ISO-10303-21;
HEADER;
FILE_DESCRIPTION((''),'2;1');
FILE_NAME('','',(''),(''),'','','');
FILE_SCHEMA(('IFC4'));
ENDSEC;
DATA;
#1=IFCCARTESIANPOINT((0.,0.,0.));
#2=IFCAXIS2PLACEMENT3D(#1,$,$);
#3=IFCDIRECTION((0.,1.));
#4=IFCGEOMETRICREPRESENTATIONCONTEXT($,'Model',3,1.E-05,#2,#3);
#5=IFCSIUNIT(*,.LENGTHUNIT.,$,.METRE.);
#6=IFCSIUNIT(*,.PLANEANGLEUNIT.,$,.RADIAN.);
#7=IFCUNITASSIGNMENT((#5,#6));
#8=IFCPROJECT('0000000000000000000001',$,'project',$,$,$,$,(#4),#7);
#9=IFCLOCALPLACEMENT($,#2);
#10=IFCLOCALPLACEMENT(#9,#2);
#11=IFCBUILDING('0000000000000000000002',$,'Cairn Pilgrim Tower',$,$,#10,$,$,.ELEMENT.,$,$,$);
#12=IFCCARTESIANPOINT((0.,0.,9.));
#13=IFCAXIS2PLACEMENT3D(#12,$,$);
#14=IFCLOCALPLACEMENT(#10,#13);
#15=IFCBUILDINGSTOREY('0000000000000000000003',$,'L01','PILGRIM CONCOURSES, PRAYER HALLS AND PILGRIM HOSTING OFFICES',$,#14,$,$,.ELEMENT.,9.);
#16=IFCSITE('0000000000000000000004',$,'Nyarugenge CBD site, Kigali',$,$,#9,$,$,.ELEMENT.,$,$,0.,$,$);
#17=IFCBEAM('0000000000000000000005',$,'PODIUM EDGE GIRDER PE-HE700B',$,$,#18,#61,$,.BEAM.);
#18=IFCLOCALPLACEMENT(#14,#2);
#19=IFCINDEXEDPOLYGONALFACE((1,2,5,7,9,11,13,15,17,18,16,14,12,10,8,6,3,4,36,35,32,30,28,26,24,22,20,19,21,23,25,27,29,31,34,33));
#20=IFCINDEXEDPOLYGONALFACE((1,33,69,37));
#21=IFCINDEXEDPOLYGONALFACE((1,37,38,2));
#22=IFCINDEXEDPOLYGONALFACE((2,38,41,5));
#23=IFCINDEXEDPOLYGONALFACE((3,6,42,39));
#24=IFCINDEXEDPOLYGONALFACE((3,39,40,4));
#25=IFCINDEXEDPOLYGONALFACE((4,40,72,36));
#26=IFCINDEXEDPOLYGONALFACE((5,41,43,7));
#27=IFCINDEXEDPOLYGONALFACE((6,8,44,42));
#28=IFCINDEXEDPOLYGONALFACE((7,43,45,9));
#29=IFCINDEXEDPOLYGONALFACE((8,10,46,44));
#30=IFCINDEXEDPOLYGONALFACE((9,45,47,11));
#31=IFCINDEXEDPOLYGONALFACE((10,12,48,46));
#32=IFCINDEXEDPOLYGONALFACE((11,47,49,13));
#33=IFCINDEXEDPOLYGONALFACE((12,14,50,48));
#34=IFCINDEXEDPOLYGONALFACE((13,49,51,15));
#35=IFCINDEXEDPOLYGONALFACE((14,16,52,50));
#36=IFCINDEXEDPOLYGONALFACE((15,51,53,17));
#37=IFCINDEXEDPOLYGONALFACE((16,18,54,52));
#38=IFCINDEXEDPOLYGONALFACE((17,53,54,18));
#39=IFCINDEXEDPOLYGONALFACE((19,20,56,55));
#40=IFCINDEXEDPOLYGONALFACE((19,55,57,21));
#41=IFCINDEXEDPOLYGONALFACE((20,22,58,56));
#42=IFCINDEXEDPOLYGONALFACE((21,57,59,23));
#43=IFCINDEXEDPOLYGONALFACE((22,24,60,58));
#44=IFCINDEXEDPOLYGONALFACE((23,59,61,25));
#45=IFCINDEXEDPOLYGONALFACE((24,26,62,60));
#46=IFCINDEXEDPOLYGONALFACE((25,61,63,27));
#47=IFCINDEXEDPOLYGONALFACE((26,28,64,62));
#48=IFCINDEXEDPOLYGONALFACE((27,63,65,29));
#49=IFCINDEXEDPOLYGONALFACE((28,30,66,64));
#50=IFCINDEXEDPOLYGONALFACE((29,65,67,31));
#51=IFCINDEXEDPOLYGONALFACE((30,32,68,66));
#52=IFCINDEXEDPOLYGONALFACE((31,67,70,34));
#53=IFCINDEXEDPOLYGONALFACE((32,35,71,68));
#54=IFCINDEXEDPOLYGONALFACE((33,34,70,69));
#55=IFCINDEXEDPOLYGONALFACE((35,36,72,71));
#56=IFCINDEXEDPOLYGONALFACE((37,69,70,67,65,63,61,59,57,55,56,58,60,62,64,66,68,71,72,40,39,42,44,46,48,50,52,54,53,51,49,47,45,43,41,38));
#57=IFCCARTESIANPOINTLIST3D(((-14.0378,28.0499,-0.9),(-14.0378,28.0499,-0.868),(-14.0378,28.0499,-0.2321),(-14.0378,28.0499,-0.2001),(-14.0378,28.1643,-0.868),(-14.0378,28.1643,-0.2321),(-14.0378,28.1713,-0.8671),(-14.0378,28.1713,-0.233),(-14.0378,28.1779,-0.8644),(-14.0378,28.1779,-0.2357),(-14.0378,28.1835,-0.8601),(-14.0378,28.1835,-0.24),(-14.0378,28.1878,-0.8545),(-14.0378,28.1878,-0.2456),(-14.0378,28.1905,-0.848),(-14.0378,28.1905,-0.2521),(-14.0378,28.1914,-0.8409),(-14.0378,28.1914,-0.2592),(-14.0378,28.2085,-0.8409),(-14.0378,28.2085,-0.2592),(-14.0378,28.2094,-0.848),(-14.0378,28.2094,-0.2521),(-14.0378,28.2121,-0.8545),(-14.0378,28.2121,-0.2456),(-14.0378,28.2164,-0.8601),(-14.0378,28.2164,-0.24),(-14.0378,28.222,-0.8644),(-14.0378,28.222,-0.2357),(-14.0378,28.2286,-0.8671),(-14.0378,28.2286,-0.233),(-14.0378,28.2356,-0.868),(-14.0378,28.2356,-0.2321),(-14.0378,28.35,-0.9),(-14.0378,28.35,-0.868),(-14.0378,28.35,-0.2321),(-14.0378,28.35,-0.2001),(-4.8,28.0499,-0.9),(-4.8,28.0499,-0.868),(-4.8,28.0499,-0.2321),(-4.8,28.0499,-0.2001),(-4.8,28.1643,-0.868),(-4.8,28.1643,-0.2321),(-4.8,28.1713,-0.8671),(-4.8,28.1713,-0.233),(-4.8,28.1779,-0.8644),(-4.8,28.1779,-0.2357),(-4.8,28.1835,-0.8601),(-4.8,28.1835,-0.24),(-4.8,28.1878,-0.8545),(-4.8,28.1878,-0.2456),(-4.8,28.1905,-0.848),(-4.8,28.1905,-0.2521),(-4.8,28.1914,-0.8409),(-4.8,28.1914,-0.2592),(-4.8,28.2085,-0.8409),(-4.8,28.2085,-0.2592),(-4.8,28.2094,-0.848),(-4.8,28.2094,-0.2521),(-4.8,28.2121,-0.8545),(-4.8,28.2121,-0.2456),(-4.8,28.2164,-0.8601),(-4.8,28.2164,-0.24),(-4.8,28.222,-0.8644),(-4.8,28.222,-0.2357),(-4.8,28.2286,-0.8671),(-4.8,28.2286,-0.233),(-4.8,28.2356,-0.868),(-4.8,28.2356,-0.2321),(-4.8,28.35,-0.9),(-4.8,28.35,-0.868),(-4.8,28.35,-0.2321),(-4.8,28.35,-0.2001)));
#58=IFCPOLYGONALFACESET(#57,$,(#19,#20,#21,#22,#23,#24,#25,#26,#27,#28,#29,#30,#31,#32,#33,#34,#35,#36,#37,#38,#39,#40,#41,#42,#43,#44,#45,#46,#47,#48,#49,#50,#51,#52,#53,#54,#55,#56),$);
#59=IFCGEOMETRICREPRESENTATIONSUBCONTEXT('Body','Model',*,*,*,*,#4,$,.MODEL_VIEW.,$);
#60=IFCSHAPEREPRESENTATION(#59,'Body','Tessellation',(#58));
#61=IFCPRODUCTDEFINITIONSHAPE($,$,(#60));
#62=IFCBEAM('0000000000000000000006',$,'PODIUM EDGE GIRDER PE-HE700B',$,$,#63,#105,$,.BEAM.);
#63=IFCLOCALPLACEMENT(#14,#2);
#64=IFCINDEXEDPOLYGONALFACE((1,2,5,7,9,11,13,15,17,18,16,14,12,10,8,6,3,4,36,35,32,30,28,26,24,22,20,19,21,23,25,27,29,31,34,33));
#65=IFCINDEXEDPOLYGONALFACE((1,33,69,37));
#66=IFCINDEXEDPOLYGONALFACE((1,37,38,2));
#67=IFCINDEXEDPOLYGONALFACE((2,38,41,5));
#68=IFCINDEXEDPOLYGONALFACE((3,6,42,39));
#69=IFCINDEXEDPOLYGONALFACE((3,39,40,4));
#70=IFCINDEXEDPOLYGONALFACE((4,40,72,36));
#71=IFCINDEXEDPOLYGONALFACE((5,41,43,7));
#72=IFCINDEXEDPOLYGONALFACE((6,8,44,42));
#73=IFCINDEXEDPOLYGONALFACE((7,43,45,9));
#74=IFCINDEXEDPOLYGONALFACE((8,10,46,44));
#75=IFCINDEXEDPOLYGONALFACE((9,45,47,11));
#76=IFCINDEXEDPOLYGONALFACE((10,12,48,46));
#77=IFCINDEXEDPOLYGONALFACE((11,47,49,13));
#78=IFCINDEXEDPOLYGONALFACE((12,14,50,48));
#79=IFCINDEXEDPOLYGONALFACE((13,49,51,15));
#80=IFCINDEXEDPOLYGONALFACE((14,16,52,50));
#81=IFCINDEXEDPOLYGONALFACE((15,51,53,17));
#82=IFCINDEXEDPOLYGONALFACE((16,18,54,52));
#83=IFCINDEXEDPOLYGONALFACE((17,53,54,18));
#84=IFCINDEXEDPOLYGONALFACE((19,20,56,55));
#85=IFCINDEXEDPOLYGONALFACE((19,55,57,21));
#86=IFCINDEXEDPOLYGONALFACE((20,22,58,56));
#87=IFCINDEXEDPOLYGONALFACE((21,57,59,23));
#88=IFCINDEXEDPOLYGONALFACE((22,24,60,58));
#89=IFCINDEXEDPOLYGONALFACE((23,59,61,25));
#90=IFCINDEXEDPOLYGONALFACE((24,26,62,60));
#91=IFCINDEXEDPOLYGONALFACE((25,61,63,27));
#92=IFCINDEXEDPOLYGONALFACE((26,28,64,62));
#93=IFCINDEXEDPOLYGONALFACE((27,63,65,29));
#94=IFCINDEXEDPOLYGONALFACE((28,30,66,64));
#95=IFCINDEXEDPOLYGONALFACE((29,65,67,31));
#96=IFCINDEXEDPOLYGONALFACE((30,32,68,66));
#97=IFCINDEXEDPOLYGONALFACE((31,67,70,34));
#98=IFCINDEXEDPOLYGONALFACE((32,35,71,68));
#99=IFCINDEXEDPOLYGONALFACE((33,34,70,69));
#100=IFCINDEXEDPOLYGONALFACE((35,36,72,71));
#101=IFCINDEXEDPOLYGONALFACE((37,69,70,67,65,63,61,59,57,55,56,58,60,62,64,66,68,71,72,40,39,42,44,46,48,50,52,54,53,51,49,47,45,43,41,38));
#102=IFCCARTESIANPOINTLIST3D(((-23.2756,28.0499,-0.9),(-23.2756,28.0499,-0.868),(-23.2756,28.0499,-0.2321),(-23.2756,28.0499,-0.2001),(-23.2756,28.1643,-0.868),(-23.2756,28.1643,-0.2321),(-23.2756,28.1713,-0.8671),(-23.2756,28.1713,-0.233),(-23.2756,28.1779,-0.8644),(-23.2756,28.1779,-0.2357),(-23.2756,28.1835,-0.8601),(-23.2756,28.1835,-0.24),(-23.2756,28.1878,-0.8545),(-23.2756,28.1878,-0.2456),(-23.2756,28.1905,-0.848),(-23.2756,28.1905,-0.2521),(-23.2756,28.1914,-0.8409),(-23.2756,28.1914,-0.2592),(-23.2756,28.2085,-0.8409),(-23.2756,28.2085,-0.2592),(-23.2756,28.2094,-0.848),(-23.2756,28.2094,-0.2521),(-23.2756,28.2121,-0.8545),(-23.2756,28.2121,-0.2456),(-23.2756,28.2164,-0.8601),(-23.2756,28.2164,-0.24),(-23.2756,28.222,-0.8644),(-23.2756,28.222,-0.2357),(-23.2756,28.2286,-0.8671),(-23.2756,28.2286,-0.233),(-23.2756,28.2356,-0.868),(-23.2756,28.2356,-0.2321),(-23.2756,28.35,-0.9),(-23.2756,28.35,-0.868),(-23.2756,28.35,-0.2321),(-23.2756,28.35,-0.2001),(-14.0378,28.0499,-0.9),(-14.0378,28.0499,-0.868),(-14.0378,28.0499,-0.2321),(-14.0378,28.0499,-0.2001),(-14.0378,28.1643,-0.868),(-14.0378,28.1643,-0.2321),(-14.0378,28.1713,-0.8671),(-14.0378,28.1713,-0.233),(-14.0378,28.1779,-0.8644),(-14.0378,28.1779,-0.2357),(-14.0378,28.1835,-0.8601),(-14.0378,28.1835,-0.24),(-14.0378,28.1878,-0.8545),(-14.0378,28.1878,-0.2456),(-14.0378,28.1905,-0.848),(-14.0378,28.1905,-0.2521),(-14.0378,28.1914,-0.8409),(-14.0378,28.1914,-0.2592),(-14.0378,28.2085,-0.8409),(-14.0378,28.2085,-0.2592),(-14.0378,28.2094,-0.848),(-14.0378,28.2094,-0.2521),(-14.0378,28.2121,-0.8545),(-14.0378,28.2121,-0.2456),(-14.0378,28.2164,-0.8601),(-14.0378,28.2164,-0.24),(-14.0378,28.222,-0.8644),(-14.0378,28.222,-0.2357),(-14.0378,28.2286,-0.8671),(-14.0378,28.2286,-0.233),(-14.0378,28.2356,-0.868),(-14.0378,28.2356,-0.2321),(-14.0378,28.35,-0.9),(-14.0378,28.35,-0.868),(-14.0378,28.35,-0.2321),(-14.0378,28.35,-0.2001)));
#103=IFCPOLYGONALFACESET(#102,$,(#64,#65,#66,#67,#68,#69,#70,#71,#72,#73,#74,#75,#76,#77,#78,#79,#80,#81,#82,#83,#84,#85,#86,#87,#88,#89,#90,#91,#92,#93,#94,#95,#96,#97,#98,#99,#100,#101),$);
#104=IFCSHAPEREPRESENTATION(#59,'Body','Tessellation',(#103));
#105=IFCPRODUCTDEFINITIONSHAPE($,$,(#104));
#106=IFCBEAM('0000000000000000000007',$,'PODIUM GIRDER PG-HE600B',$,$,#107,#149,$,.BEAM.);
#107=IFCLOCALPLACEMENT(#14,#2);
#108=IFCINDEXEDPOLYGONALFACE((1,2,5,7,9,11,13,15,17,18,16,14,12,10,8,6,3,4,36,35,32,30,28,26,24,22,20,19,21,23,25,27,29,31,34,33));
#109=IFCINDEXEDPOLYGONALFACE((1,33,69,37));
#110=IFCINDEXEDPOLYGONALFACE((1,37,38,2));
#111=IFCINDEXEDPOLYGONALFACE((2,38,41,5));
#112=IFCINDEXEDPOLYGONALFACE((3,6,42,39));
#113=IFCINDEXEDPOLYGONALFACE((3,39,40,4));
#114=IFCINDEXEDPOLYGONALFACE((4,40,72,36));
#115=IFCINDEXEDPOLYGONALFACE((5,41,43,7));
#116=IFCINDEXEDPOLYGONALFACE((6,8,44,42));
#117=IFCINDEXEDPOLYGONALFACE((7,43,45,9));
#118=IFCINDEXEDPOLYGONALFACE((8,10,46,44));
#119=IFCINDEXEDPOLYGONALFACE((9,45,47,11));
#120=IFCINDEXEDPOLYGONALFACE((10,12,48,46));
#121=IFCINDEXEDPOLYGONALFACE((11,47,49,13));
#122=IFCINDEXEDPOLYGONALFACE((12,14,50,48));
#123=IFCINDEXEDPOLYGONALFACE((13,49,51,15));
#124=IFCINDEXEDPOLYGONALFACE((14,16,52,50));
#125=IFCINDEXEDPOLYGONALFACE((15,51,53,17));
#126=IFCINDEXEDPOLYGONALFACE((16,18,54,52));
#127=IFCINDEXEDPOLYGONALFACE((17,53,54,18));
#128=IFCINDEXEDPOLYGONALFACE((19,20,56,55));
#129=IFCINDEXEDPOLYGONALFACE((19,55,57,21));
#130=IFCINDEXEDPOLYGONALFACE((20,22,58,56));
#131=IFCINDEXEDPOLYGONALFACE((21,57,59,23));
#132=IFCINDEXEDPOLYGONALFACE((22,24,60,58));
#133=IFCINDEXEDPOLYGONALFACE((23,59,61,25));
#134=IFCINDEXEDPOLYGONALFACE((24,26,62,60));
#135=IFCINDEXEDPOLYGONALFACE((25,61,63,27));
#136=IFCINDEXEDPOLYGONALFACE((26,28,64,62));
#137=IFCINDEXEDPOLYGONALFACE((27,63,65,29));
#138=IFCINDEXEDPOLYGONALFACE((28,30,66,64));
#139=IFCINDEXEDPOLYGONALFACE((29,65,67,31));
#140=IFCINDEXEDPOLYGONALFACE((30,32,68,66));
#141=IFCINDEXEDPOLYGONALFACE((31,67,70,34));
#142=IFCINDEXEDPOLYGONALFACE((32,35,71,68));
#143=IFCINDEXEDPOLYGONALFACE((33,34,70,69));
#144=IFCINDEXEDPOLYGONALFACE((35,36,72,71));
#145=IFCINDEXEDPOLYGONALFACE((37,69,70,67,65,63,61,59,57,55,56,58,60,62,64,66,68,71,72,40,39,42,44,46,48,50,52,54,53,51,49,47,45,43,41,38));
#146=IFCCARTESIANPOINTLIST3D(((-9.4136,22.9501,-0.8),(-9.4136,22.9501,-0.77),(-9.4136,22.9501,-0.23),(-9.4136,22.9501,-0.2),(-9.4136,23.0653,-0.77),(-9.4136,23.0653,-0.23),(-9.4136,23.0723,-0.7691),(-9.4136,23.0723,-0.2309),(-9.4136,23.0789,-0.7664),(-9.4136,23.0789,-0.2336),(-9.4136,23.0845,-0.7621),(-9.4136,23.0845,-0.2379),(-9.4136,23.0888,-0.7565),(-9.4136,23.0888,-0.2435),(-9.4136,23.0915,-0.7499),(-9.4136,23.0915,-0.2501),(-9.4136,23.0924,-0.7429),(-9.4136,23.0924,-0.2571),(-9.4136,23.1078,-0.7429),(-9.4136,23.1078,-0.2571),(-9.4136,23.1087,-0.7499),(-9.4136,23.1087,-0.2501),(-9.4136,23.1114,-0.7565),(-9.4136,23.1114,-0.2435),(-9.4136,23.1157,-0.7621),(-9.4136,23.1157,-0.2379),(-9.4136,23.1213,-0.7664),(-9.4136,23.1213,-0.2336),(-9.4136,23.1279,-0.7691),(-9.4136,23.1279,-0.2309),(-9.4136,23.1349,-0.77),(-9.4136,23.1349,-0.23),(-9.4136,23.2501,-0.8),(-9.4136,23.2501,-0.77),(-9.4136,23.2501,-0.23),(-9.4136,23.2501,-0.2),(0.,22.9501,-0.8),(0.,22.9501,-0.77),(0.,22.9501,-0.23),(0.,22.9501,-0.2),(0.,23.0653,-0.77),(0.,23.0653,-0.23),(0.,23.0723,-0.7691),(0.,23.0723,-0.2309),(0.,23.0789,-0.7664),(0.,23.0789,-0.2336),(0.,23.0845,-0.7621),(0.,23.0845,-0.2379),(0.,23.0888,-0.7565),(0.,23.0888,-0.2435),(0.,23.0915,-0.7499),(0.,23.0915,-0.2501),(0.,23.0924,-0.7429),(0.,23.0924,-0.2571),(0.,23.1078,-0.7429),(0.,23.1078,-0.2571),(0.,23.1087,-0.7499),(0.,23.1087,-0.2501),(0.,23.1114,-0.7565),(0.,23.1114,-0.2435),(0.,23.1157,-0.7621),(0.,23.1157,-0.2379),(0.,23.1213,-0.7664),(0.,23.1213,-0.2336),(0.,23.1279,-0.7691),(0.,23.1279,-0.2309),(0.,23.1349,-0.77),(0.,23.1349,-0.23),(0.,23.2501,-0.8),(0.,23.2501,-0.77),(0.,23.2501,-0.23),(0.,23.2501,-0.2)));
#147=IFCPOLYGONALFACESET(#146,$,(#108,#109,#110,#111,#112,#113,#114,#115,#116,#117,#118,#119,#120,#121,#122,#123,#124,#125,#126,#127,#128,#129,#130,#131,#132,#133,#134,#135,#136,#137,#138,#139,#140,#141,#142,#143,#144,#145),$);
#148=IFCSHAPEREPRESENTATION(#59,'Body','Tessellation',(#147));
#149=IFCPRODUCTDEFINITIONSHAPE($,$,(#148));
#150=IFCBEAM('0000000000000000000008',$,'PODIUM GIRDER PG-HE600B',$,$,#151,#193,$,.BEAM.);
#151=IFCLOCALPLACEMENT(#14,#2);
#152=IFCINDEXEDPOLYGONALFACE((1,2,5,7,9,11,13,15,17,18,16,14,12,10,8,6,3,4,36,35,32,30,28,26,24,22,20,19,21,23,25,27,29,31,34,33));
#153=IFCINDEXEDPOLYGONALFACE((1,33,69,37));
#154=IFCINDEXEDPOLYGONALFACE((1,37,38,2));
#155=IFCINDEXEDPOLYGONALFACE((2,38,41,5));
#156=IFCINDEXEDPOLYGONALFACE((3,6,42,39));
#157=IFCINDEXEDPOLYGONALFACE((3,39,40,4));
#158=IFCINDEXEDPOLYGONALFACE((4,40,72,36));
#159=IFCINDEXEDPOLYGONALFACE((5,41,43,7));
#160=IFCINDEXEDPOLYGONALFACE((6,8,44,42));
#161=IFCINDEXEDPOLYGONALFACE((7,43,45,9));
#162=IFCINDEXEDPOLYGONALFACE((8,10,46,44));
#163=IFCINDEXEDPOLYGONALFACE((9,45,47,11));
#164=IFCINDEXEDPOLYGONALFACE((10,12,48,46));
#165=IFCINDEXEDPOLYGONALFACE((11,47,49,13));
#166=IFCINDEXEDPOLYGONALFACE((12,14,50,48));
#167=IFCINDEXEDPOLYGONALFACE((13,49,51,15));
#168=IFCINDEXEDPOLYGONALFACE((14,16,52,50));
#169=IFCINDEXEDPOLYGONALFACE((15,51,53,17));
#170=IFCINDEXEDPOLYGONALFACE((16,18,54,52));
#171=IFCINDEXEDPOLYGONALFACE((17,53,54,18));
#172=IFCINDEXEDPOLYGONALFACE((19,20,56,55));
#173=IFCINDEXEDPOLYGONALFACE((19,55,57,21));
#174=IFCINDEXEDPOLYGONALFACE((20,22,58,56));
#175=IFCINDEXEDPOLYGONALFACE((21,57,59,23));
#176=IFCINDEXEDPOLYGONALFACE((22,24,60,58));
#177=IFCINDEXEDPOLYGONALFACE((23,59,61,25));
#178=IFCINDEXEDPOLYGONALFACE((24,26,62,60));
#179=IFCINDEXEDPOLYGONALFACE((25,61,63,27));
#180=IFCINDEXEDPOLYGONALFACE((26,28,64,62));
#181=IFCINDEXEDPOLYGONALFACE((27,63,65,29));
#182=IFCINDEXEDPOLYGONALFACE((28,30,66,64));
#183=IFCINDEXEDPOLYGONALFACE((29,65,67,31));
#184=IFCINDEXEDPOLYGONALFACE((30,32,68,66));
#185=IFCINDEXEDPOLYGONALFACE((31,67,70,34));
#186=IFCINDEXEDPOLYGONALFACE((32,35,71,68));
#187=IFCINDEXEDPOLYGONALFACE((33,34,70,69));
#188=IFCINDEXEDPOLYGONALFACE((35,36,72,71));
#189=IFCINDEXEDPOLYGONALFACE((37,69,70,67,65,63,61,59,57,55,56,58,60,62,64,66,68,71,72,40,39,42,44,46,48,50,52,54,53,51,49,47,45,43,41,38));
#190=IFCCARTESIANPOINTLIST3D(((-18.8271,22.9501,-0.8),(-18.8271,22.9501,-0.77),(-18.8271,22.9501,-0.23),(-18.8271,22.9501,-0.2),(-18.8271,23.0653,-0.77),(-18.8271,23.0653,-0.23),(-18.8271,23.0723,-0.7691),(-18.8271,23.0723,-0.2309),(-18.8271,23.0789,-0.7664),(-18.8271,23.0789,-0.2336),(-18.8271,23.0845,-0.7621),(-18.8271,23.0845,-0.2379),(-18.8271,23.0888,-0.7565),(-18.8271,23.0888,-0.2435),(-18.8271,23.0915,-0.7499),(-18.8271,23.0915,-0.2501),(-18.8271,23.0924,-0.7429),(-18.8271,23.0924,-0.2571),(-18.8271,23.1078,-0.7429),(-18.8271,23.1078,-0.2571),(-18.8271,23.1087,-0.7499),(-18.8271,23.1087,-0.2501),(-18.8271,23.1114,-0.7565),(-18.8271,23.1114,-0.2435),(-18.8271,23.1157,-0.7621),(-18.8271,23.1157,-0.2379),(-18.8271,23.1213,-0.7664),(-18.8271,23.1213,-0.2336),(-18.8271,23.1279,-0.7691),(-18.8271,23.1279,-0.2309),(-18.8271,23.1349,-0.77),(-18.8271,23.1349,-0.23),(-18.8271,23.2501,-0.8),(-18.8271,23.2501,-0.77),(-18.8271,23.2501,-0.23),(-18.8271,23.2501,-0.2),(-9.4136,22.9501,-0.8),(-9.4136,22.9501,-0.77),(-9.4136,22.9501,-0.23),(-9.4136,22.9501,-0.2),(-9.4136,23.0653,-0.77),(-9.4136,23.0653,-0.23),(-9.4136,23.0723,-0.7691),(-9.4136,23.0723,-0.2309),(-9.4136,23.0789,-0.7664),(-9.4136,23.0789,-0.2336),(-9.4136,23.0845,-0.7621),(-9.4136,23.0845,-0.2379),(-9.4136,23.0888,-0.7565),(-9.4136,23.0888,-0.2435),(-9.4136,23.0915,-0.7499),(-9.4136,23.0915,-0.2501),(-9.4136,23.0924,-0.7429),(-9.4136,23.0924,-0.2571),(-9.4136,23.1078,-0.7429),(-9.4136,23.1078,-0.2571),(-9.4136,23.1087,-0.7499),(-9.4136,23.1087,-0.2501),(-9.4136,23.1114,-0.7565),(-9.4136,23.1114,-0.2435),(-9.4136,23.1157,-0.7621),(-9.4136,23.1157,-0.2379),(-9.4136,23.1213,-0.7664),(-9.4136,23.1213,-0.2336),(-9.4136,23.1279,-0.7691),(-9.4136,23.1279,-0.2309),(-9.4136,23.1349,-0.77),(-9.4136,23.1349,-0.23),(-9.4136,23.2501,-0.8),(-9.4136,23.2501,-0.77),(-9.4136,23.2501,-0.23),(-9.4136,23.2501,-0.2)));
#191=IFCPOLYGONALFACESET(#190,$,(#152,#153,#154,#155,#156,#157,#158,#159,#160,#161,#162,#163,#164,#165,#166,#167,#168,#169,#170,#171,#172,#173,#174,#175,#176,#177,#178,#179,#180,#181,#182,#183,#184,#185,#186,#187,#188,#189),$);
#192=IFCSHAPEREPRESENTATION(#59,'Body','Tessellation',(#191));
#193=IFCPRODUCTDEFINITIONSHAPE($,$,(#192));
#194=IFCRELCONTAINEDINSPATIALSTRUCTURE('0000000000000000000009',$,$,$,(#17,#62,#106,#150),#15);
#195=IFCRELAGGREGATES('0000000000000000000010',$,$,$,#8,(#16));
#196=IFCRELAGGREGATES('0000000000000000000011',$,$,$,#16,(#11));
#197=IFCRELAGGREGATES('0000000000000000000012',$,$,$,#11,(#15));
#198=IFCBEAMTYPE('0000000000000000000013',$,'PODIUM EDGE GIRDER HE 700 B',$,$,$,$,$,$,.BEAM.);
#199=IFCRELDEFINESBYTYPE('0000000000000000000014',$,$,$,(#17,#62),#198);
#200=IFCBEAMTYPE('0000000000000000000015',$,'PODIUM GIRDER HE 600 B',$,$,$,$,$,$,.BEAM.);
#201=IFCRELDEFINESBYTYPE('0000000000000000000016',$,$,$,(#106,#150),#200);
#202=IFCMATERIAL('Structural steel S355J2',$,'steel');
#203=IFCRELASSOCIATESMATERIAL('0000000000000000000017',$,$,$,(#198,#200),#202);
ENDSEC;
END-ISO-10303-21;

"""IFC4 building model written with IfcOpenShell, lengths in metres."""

from ifc_helpers import new_model, si_unit, direction, frame, origin, origin_2d, place, context, subcontext, project, spatial, i_section, extrude, material, material_profile, profile_set, type_object, element, save


model = new_model("IFC4")

# Units and contexts
model_context = context("Model", 3, precision=1e-05, world=origin(), true_north=direction((0.0, 1.0)))
body_context = subcontext(model_context, "Body", "Model", "MODEL_VIEW")
ifc_project = project(units=[si_unit("LENGTHUNIT", "METRE"), si_unit("PLANEANGLEUNIT", "RADIAN")], contexts=[model_context])

# Site, building, storey
site_placement = place(None, origin())
site = spatial("IfcSite", under=ifc_project, at=site_placement, Name="Nyarugenge CBD site, Kigali", CompositionType="ELEMENT", RefElevation=0.0)
building_placement = place(site_placement, origin())
building = spatial("IfcBuilding", under=site, at=building_placement, Name="Cairn Pilgrim Tower", CompositionType="ELEMENT")
storey_placement = place(building_placement, frame((0.0, 0.0, 9.0)))
storey = spatial("IfcBuildingStorey", under=building, at=storey_placement, Name="L01", Description="PILGRIM CONCOURSES, PRAYER HALLS AND PILGRIM HOSTING OFFICES", CompositionType="ELEMENT", Elevation=9.0)

# Beams
ifc_material_1 = material(Name="Structural steel S355J2", Category="steel")
ifc_material_profile_1 = material_profile(ifc_material_1, i_section(OverallWidth=0.3, OverallDepth=0.7, WebThickness=0.0171, FlangeThickness=0.032, FilletRadius=0.0271, at=origin_2d()), Name="HEB 700")
ifc_profile_set_1 = profile_set([ifc_material_profile_1], Name="Structural steel S355J2")
beam_type_1 = type_object("IfcBeamType", Name="PODIUM EDGE GIRDER HE 700 B", PredefinedType="BEAM", material=ifc_profile_set_1)
for number, where, z_axis, x_axis, name in (
    (1, (-4.8, 28.2, -0.55), (-1.0, 0.0, 0.0), (0.0, -1.0, 0.0), "PODIUM EDGE GIRDER PE-HE700B"),
    (2, (-14.0378, 28.2, -0.55), (-1.0, 0.0, 0.0), (0.0, -1.0, 0.0), "PODIUM EDGE GIRDER PE-HE700B"),
):
    element("IfcBeam", number, at=place(storey_placement, frame(where, z_axis=z_axis, x_axis=x_axis)), inside=storey, type_object=beam_type_1, Name=name, PredefinedType="BEAM", context=body_context, shape_type="SweptSolid", body=[
        extrude(i_section(OverallWidth=0.3, OverallDepth=0.7, WebThickness=0.0171, FlangeThickness=0.032, FilletRadius=0.0271, at=origin_2d()), origin(), (0.0, 0.0, 1.0), 9.2378),
    ])
ifc_material_profile_2 = material_profile(ifc_material_1, i_section(OverallWidth=0.3, OverallDepth=0.6001, WebThickness=0.0154, FlangeThickness=0.03, FilletRadius=0.0271, at=origin_2d()), Name="HEB 600")
ifc_profile_set_2 = profile_set([ifc_material_profile_2], Name="Structural steel S355J2")
beam_type_2 = type_object("IfcBeamType", Name="PODIUM GIRDER HE 600 B", PredefinedType="BEAM", material=ifc_profile_set_2)
for number, where, z_axis, x_axis, name in (
    (3, (0.0, 23.1001, -0.5), (-1.0, 0.0, 0.0), (0.0, -1.0, 0.0), "PODIUM GIRDER PG-HE600B"),
    (4, (-9.4136, 23.1001, -0.5), (-1.0, 0.0, 0.0), (0.0, -1.0, 0.0), "PODIUM GIRDER PG-HE600B"),
):
    element("IfcBeam", number, at=place(storey_placement, frame(where, z_axis=z_axis, x_axis=x_axis)), inside=storey, type_object=beam_type_2, Name=name, PredefinedType="BEAM", context=body_context, shape_type="SweptSolid", body=[
        extrude(i_section(OverallWidth=0.3, OverallDepth=0.6001, WebThickness=0.0154, FlangeThickness=0.03, FilletRadius=0.0271, at=origin_2d()), origin(), (0.0, 0.0, 1.0), 9.4136),
    ])

save(model, "model.ifc")
